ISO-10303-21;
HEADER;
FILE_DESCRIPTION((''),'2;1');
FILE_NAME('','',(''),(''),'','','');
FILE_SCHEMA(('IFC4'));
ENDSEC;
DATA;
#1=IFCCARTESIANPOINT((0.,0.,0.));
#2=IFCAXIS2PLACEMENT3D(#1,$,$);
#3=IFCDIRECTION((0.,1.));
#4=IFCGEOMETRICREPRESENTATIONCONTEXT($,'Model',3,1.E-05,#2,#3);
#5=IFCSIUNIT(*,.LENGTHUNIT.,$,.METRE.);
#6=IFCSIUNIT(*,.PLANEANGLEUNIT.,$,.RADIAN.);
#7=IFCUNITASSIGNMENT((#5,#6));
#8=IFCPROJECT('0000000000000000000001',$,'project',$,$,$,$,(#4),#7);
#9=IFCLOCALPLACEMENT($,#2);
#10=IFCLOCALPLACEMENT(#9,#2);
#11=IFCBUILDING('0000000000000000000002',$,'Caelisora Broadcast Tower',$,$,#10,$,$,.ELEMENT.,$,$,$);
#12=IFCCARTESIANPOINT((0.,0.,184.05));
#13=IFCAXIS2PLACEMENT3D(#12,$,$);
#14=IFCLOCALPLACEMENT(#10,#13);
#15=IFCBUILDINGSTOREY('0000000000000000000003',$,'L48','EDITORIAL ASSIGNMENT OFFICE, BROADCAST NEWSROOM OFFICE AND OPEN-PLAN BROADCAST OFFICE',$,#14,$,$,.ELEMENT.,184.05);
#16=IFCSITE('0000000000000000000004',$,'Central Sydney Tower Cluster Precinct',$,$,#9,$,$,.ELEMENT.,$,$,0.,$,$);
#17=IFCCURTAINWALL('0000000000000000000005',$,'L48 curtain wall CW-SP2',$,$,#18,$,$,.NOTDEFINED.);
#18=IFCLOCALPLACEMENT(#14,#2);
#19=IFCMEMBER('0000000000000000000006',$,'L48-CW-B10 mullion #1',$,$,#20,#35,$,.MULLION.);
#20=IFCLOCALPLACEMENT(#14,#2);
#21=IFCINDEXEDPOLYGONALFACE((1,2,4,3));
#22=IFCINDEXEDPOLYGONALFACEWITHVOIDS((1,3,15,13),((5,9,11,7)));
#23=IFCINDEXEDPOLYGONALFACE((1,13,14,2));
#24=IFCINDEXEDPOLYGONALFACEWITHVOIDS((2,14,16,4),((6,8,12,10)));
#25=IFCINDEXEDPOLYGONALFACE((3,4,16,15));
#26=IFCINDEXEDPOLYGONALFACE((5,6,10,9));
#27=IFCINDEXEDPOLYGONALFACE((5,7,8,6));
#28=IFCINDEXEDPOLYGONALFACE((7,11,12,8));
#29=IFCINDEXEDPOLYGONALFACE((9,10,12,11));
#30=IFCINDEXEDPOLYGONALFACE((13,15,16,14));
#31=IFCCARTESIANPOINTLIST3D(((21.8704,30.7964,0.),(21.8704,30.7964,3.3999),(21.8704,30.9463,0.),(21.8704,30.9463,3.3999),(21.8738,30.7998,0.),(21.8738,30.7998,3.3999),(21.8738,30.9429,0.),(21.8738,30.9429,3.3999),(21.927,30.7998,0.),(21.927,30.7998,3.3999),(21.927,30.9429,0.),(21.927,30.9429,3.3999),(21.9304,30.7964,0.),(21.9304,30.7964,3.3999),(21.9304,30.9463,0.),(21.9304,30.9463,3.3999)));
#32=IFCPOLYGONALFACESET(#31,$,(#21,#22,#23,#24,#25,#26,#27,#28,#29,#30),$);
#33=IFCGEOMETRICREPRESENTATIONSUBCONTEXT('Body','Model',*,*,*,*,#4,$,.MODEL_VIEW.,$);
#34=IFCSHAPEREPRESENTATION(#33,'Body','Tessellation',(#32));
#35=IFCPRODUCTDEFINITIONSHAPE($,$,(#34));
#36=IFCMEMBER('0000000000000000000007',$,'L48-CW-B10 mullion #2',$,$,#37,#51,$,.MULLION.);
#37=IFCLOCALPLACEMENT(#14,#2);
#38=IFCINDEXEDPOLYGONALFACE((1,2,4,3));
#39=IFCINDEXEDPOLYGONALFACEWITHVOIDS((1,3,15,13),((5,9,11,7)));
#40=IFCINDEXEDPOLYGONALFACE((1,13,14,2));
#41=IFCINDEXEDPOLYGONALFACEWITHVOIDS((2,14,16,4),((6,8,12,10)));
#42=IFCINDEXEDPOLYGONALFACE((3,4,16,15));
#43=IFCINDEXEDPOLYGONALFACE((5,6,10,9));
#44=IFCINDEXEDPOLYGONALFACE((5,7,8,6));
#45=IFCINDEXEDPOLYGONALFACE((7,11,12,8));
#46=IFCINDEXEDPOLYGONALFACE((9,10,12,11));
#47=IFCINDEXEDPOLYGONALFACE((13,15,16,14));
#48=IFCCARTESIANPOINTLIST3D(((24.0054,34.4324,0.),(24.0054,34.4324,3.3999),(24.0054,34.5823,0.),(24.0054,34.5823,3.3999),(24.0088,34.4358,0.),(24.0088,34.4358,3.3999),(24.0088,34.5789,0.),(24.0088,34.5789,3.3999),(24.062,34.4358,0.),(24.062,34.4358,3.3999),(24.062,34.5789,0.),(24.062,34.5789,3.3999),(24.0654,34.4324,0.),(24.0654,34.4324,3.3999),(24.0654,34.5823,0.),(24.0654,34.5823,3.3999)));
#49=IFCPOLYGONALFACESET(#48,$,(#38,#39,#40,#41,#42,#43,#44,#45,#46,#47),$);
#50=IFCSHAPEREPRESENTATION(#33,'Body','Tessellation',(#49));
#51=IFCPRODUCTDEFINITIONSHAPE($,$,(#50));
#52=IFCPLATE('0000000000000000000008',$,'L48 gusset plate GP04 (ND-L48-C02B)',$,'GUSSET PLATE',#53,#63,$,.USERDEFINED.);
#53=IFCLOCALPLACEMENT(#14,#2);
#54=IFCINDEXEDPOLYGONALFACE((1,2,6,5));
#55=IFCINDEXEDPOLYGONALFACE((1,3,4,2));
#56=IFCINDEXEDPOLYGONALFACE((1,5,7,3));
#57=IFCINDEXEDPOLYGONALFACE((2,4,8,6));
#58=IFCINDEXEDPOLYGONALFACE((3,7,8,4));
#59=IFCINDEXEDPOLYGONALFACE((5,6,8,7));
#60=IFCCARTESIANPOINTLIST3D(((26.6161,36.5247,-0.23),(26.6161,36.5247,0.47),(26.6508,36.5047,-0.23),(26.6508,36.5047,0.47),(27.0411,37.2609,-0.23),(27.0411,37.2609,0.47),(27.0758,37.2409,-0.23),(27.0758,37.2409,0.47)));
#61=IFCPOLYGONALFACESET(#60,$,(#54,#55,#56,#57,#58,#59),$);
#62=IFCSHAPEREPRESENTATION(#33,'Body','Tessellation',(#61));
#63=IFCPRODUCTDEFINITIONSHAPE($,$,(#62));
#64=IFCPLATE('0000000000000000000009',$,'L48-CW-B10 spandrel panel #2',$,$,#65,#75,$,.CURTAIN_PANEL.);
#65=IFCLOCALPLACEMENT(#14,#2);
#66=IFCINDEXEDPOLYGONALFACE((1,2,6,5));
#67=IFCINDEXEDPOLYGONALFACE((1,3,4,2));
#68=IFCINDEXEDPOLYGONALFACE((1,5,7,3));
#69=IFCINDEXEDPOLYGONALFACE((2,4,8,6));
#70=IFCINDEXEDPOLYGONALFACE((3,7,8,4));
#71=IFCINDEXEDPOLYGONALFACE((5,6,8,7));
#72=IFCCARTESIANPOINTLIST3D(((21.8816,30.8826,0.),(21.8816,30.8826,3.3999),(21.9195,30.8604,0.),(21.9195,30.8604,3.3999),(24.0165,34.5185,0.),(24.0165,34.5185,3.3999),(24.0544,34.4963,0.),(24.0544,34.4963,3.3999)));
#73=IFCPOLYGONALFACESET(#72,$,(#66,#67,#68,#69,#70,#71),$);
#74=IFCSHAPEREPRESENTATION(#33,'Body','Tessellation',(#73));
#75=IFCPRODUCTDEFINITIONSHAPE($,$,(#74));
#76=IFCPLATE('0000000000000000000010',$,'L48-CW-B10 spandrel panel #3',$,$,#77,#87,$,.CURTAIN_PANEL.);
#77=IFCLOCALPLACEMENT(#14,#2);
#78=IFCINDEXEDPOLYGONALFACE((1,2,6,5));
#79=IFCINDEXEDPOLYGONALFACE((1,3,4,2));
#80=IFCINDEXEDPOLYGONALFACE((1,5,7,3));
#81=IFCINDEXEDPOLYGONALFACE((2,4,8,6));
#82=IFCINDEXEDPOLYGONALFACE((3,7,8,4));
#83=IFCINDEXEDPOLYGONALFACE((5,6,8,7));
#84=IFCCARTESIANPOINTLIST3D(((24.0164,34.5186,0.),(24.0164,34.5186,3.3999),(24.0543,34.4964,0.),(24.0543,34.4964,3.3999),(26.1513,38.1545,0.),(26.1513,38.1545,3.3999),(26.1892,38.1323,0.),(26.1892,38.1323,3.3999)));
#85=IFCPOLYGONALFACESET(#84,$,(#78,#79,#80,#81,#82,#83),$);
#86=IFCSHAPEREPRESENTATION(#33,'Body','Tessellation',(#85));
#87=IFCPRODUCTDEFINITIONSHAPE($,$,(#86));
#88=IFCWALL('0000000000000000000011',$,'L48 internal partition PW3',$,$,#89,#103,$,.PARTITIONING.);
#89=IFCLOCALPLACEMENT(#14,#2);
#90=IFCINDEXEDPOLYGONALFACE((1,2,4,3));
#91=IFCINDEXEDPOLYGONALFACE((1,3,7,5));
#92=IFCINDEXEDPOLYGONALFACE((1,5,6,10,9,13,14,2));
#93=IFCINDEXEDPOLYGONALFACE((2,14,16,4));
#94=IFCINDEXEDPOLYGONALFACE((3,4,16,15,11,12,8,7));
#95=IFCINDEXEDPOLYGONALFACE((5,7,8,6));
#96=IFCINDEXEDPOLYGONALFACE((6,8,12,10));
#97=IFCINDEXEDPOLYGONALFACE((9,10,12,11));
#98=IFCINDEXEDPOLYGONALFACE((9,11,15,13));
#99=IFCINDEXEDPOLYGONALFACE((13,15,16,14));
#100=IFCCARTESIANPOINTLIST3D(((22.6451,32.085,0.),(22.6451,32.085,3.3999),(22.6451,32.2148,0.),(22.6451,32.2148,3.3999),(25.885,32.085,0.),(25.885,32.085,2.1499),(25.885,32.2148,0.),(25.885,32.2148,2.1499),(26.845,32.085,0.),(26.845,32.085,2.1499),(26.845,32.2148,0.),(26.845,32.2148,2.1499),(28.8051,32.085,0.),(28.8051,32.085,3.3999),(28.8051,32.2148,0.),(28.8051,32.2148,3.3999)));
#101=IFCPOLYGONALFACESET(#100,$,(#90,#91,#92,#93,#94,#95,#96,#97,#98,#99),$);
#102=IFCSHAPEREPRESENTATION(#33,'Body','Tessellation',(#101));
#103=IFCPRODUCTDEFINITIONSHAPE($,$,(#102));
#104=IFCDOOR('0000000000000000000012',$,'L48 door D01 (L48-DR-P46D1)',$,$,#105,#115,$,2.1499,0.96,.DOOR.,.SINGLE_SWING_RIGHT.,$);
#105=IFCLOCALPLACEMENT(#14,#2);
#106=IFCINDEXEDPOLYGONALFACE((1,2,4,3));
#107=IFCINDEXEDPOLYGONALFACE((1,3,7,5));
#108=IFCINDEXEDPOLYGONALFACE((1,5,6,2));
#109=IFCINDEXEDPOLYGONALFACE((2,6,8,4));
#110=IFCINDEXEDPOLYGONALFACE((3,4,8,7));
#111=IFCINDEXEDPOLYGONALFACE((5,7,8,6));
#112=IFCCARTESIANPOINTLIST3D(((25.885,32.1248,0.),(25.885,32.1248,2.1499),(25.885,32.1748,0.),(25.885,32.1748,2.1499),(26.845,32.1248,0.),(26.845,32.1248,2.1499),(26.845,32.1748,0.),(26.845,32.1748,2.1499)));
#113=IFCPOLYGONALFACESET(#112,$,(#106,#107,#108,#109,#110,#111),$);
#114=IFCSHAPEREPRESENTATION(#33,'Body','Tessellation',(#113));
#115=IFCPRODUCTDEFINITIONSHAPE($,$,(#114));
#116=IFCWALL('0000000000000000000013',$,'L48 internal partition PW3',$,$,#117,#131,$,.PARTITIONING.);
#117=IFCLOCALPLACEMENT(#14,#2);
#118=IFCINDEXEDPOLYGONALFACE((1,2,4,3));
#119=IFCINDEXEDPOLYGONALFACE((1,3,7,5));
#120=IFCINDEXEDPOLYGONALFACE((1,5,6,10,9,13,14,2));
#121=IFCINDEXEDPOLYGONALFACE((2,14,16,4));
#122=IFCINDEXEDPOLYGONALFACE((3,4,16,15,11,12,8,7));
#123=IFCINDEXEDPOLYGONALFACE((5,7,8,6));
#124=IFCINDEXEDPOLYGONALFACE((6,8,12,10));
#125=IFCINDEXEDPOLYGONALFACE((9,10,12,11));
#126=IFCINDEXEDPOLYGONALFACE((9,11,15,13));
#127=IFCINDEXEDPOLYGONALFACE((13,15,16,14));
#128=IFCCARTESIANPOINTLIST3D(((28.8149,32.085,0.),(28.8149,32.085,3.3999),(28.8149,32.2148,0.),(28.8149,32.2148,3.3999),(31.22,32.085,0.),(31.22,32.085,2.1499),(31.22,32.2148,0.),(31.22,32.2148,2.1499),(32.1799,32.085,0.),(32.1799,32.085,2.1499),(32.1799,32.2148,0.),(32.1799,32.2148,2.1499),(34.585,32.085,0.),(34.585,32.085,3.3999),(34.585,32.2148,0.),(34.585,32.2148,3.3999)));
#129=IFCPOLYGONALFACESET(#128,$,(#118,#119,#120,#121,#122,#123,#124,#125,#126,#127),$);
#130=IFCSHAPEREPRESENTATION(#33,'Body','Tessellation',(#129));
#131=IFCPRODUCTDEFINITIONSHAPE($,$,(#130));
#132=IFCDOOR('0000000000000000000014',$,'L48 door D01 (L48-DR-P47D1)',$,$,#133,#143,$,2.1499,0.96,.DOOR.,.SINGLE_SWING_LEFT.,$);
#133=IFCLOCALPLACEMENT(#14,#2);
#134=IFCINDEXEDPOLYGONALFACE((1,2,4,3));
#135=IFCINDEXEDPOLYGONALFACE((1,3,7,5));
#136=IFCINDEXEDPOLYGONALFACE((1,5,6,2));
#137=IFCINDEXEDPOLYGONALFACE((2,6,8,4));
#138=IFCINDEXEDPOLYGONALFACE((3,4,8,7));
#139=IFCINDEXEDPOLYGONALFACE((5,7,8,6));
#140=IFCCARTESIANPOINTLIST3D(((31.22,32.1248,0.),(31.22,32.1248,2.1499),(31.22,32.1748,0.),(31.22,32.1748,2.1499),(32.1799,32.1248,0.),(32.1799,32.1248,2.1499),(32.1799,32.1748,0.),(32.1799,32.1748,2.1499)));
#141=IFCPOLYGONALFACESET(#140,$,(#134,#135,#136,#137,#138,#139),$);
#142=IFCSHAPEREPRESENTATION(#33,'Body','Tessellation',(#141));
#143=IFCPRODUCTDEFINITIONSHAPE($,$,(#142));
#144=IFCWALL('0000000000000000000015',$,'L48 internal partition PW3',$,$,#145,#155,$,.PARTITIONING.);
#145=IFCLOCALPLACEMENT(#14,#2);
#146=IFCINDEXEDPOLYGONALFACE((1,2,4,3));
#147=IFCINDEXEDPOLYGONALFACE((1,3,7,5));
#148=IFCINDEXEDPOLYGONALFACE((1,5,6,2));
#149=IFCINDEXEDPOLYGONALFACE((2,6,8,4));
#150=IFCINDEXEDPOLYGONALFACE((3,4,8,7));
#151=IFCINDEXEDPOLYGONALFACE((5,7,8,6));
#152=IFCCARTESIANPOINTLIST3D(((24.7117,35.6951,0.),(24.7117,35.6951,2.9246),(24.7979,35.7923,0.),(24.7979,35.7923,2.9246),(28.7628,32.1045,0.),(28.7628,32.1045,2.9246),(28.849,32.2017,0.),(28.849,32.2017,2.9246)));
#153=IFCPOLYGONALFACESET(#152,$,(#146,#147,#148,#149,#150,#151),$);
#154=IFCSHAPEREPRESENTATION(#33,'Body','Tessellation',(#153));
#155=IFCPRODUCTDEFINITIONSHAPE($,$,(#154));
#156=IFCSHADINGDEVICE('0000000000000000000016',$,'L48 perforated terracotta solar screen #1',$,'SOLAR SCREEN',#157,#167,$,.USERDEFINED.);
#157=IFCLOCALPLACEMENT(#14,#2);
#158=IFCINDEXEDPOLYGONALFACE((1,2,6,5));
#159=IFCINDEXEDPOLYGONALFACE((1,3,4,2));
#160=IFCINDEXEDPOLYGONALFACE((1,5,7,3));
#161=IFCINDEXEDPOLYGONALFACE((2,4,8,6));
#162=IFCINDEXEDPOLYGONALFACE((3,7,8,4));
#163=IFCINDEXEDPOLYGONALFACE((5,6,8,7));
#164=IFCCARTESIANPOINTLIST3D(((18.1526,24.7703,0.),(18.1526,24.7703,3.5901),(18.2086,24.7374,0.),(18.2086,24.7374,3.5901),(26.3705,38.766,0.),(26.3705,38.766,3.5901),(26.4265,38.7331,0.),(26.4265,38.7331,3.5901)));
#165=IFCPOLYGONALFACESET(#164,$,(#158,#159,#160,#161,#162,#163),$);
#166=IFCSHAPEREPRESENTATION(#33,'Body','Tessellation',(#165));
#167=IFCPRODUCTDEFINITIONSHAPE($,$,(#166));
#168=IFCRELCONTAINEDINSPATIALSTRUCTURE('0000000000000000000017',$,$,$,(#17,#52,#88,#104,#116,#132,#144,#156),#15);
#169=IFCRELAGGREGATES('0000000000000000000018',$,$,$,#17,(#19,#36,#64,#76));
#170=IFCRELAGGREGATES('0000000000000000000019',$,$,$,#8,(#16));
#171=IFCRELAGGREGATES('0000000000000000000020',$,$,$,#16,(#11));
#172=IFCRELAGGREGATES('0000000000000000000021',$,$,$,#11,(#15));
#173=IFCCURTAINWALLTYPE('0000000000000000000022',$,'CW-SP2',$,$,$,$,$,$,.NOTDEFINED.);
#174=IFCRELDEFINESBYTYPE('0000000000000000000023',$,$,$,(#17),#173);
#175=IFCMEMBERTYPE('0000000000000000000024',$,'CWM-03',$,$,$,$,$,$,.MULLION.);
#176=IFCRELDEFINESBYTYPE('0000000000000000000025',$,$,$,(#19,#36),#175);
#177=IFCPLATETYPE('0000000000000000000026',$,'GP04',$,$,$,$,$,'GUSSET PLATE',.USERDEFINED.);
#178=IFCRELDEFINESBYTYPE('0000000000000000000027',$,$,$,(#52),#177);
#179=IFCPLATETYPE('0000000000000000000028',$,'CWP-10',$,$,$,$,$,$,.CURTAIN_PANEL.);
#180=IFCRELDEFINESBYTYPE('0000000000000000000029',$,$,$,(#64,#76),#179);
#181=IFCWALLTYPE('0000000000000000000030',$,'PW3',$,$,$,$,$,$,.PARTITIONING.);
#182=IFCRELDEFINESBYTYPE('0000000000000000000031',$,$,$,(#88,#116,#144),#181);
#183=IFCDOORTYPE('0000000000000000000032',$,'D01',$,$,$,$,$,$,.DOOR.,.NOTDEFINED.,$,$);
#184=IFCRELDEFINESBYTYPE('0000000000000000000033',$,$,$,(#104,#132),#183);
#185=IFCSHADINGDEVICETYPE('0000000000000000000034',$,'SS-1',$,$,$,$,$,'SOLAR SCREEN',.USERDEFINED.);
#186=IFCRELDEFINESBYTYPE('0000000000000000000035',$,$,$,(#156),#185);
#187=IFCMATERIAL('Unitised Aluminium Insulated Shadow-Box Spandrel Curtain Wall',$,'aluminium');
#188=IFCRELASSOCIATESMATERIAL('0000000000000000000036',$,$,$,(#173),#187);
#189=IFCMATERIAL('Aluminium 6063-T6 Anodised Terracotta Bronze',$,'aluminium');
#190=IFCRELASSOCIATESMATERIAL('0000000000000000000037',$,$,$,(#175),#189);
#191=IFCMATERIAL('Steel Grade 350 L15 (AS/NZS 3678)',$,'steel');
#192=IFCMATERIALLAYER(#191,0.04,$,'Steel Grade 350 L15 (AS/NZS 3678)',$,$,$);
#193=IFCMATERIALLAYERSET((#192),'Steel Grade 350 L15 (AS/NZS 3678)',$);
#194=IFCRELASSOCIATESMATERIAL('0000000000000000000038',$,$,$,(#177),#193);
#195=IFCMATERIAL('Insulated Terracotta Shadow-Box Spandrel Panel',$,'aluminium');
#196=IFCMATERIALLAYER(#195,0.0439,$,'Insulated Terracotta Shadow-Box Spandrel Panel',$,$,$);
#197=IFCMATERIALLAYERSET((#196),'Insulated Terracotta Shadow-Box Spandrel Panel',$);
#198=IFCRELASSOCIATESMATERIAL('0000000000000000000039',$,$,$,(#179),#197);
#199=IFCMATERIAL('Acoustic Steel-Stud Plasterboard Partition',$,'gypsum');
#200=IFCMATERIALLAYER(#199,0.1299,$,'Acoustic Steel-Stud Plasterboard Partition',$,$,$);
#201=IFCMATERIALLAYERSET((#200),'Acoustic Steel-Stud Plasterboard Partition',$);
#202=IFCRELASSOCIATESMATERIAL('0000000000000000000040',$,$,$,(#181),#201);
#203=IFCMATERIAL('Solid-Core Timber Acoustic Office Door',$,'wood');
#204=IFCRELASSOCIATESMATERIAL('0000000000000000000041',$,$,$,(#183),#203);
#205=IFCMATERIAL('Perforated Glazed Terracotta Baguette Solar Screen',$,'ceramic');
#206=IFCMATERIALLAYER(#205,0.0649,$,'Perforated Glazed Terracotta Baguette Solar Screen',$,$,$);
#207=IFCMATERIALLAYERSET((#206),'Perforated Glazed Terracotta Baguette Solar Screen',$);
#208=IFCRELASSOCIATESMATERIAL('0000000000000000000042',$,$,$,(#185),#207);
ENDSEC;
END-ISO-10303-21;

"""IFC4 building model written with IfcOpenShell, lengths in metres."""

from ifc_helpers import new_model, si_unit, direction, frame, frame_2d, origin, origin_2d, place, context, subcontext, project, spatial, rectangle, hollow_rectangle, extrude, source, transform, mapped, material, layer, layer_set, material_profile, profile_set, type_object, type_shapes, element, fill, aggregate, save


model = new_model("IFC4")

# Units and contexts
model_context = context("Model", 3, precision=1e-05, world=origin(), true_north=direction((0.0, 1.0)))
body_context = subcontext(model_context, "Body", "Model", "MODEL_VIEW")
ifc_project = project(units=[si_unit("LENGTHUNIT", "METRE"), si_unit("PLANEANGLEUNIT", "RADIAN")], contexts=[model_context])

# Site, building, storey
site_placement = place(None, origin())
site = spatial("IfcSite", under=ifc_project, at=site_placement, Name="Central Sydney Tower Cluster Precinct", CompositionType="ELEMENT", RefElevation=0.0)
building_placement = place(site_placement, origin())
building = spatial("IfcBuilding", under=site, at=building_placement, Name="Caelisora Broadcast Tower", CompositionType="ELEMENT")
storey_placement = place(building_placement, frame((0.0, 0.0, 184.05)))
storey = spatial("IfcBuildingStorey", under=building, at=storey_placement, Name="L48", Description="EDITORIAL ASSIGNMENT OFFICE, BROADCAST NEWSROOM OFFICE AND OPEN-PLAN BROADCAST OFFICE", CompositionType="ELEMENT", Elevation=184.05)

# Shared definitions
ifc_material_1 = material(Name="Steel Grade 350 L15 (AS/NZS 3678)", Category="steel")

# Curtain wall, members
ifc_material_2 = material(Name="Unitised Aluminium Insulated Shadow-Box Spandrel Curtain Wall", Category="aluminium")
curtain_wall_type = type_object("IfcCurtainWallType", Name="CW-SP2", PredefinedType="NOTDEFINED", material=ifc_material_2)
curtain_wall_placement = place(storey_placement, origin())
curtain_wall = element("IfcCurtainWall", 1, at=curtain_wall_placement, inside=storey, type_object=curtain_wall_type, Name="L48 curtain wall CW-SP2", PredefinedType="NOTDEFINED")
ifc_material_3 = material(Name="Aluminium 6063-T6 Anodised Terracotta Bronze", Category="aluminium")
ifc_material_profile_1 = material_profile(ifc_material_3, hollow_rectangle(XDim=0.0601, YDim=0.1499, WallThickness=0.0034, at=origin_2d()), Name="Aluminium 6063-T6 Anodised Terracotta Bronze")
ifc_profile_set_1 = profile_set([ifc_material_profile_1], Name="Aluminium 6063-T6 Anodised Terracotta Bronze")
member_type_1 = type_object("IfcMemberType", Name="CWM-03", PredefinedType="MULLION", material=ifc_profile_set_1)
shared_shape_1 = source(origin(), body_context, "Body", "SweptSolid", [
    extrude(hollow_rectangle(XDim=0.0601, YDim=0.1499, WallThickness=0.0034, at=origin_2d()), origin(), (0.0, 0.0, 1.0), 3.3999),
])
type_shapes(member_type_1, [shared_shape_1])
member_1_placement = place(storey_placement, frame((21.9004, 30.8713, 0.0), z_axis=(0.0, 0.0, 1.0), x_axis=(1.0, 0.0, 0.0)))
member_1 = element("IfcMember", 2, at=member_1_placement, type_object=member_type_1, Name="L48-CW-B10 mullion #1", PredefinedType="MULLION", context=body_context, shape_type="MappedRepresentation", body=[
    mapped(shared_shape_1, transform((0.0, 0.0, 0.0), scale=1.0)),
])
member_2_placement = place(storey_placement, frame((24.0354, 34.5073, 0.0), z_axis=(0.0, 0.0, 1.0), x_axis=(1.0, 0.0, 0.0)))
member_2 = element("IfcMember", 3, at=member_2_placement, type_object=member_type_1, Name="L48-CW-B10 mullion #2", PredefinedType="MULLION", context=body_context, shape_type="MappedRepresentation", body=[
    mapped(shared_shape_1, transform((0.0, 0.0, 0.0), scale=1.0)),
])

# Plates
ifc_layer_1 = layer(ifc_material_1, 0.04, Name="Steel Grade 350 L15 (AS/NZS 3678)")
ifc_layer_set_1 = layer_set([ifc_layer_1], Name="Steel Grade 350 L15 (AS/NZS 3678)")
plate_type_1 = type_object("IfcPlateType", Name="GP04", ElementType="GUSSET PLATE", PredefinedType="USERDEFINED", material=ifc_layer_set_1)
shared_shape_2 = source(origin(), body_context, "Body", "SweptSolid", [
    extrude(rectangle(XDim=0.8501, YDim=0.04, at=origin_2d()), origin(), (0.0, 0.0, 1.0), 0.7),
])
type_shapes(plate_type_1, [shared_shape_2])
plate_1_placement = place(storey_placement, frame((26.8459, 36.8828, -0.23), z_axis=(0.0, 0.0, 1.0), x_axis=(-0.5, -0.866025, 0.0)))
element("IfcPlate", 4, at=plate_1_placement, inside=storey, type_object=plate_type_1, Name="L48 gusset plate GP04 (ND-L48-C02B)", ObjectType="GUSSET PLATE", PredefinedType="USERDEFINED", context=body_context, shape_type="MappedRepresentation", body=[
    mapped(shared_shape_2, transform((0.0, 0.0, 0.0), scale=1.0)),
])
ifc_material_4 = material(Name="Insulated Terracotta Shadow-Box Spandrel Panel", Category="aluminium")
ifc_layer_2 = layer(ifc_material_4, 0.0439, Name="Insulated Terracotta Shadow-Box Spandrel Panel")
ifc_layer_set_2 = layer_set([ifc_layer_2], Name="Insulated Terracotta Shadow-Box Spandrel Panel")
plate_type_2 = type_object("IfcPlateType", Name="CWP-10", PredefinedType="CURTAIN_PANEL", material=ifc_layer_set_2)
shared_shape_3 = source(origin(), body_context, "Body", "SweptSolid", [
    extrude(rectangle(XDim=4.2163, YDim=0.0439, at=origin_2d()), origin(), (0.0, 0.0, 1.0), 3.3999),
])
type_shapes(plate_type_2, [shared_shape_3])
plate_2_placement = place(storey_placement, frame((22.968, 32.6895, 0.0), z_axis=(0.0, 0.0, 1.0), x_axis=(0.506335, 0.862337, 0.0)))
plate_2 = element("IfcPlate", 5, at=plate_2_placement, type_object=plate_type_2, Name="L48-CW-B10 spandrel panel #2", PredefinedType="CURTAIN_PANEL", context=body_context, shape_type="MappedRepresentation", body=[
    mapped(shared_shape_3, transform((0.0, 0.0, 0.0), scale=1.0)),
])
plate_3_placement = place(storey_placement, frame((25.1028, 36.3254, 0.0), z_axis=(0.0, 0.0, 1.0), x_axis=(0.506335, 0.862337, 0.0)))
plate_3 = element("IfcPlate", 6, at=plate_3_placement, type_object=plate_type_2, Name="L48-CW-B10 spandrel panel #3", PredefinedType="CURTAIN_PANEL", context=body_context, shape_type="MappedRepresentation", body=[
    mapped(shared_shape_3, transform((0.0, 0.0, 0.0), scale=1.0)),
])
aggregate(curtain_wall, [member_1, member_2, plate_2, plate_3])

# Walls, openings, doors
ifc_material_5 = material(Name="Acoustic Steel-Stud Plasterboard Partition", Category="gypsum")
ifc_layer_3 = layer(ifc_material_5, 0.1299, Name="Acoustic Steel-Stud Plasterboard Partition")
ifc_layer_set_3 = layer_set([ifc_layer_3], Name="Acoustic Steel-Stud Plasterboard Partition")
wall_type = type_object("IfcWallType", Name="PW3", PredefinedType="PARTITIONING", material=ifc_layer_set_3)
wall_1_placement = place(storey_placement, frame((22.645, 32.1499, 0.0), z_axis=(0.0, 0.0, 1.0), x_axis=(1.0, 0.0, 0.0)))
wall_1 = element("IfcWall", 7, at=wall_1_placement, inside=storey, type_object=wall_type, Name="L48 internal partition PW3", PredefinedType="PARTITIONING", context=body_context, shape_type="SweptSolid", body=[
    extrude(rectangle(XDim=6.1599, YDim=0.1299, at=frame_2d((3.0801, 0.0))), origin(), (0.0, 0.0, 1.0), 3.3999),
])
opening_1_placement = place(wall_1_placement, frame((3.24, 0.0, 0.0)))
opening_1 = element("IfcOpeningElement", 8, at=opening_1_placement, cuts=wall_1, PredefinedType="OPENING", context=body_context, shape_type="SweptSolid", body=[
    extrude(rectangle(XDim=0.96, YDim=2.1499, at=frame_2d((0.48, 1.075))), frame((0.0, 0.0769, 0.0), z_axis=(0.0, -1.0, 0.0), x_axis=(1.0, 0.0, 0.0)), (0.0, 0.0, 1.0), 0.1538),
])
ifc_material_6 = material(Name="Solid-Core Timber Acoustic Office Door", Category="wood")
door_type = type_object("IfcDoorType", Name="D01", OperationType="NOTDEFINED", PredefinedType="DOOR", material=ifc_material_6)
door_1_placement = place(opening_1_placement, origin())
door_1 = element("IfcDoor", 9, at=door_1_placement, inside=storey, type_object=door_type, Name="L48 door D01 (L48-DR-P46D1)", OperationType="SINGLE_SWING_RIGHT", OverallHeight=2.1499, OverallWidth=0.96, PredefinedType="DOOR", context=body_context, shape_type="SweptSolid", body=[
    extrude(rectangle(XDim=0.96, YDim=2.1499, at=frame_2d((0.48, 1.075))), frame((0.0, 0.0249, 0.0), z_axis=(0.0, -1.0, 0.0), x_axis=(1.0, 0.0, 0.0)), (0.0, 0.0, 1.0), 0.05),
])
fill(opening_1, door_1)
wall_2_placement = place(storey_placement, frame((28.8149, 32.1499, 0.0), z_axis=(0.0, 0.0, 1.0), x_axis=(1.0, 0.0, 0.0)))
wall_2 = element("IfcWall", 10, at=wall_2_placement, inside=storey, type_object=wall_type, Name="L48 internal partition PW3", PredefinedType="PARTITIONING", context=body_context, shape_type="SweptSolid", body=[
    extrude(rectangle(XDim=5.77, YDim=0.1299, at=frame_2d((2.885, 0.0))), origin(), (0.0, 0.0, 1.0), 3.3999),
])
opening_2_placement = place(wall_2_placement, frame((2.405, 0.0, 0.0)))
opening_2 = element("IfcOpeningElement", 11, at=opening_2_placement, cuts=wall_2, PredefinedType="OPENING", context=body_context, shape_type="SweptSolid", body=[
    extrude(rectangle(XDim=0.96, YDim=2.1499, at=frame_2d((0.48, 1.075))), frame((0.0, 0.0769, 0.0), z_axis=(0.0, -1.0, 0.0), x_axis=(1.0, 0.0, 0.0)), (0.0, 0.0, 1.0), 0.1538),
])
door_2_placement = place(opening_2_placement, origin())
door_2 = element("IfcDoor", 12, at=door_2_placement, inside=storey, type_object=door_type, Name="L48 door D01 (L48-DR-P47D1)", OperationType="SINGLE_SWING_LEFT", OverallHeight=2.1499, OverallWidth=0.96, PredefinedType="DOOR", context=body_context, shape_type="SweptSolid", body=[
    extrude(rectangle(XDim=0.96, YDim=2.1499, at=frame_2d((0.48, 1.075))), frame((0.0, 0.0249, 0.0), z_axis=(0.0, -1.0, 0.0), x_axis=(1.0, 0.0, 0.0)), (0.0, 0.0, 1.0), 0.05),
])
fill(opening_2, door_2)

# Wall
wall_3_placement = place(storey_placement, frame((24.7549, 35.7437, 0.0), z_axis=(0.0, 0.0, 1.0), x_axis=(0.748357, -0.663297, 0.0)))
element("IfcWall", 13, at=wall_3_placement, inside=storey, type_object=wall_type, Name="L48 internal partition PW3", PredefinedType="PARTITIONING", context=body_context, shape_type="SweptSolid", body=[
    extrude(rectangle(XDim=5.4133, YDim=0.1299, at=frame_2d((2.7065, 0.0))), origin(), (0.0, 0.0, 1.0), 2.9246),
])

# Shading device
ifc_material_7 = material(Name="Perforated Glazed Terracotta Baguette Solar Screen", Category="ceramic")
ifc_layer_4 = layer(ifc_material_7, 0.0649, Name="Perforated Glazed Terracotta Baguette Solar Screen")
ifc_layer_set_4 = layer_set([ifc_layer_4], Name="Perforated Glazed Terracotta Baguette Solar Screen")
shading_device_type = type_object("IfcShadingDeviceType", Name="SS-1", ElementType="SOLAR SCREEN", PredefinedType="USERDEFINED", material=ifc_layer_set_4)
shared_shape_4 = source(origin(), body_context, "Body", "SweptSolid", [
    extrude(rectangle(XDim=16.23, YDim=0.0649, at=origin_2d()), origin(), (0.0, 0.0, 1.0), 3.5901),
])
type_shapes(shading_device_type, [shared_shape_4])
shading_device_placement = place(storey_placement, frame((22.2896, 31.7517, 0.0), z_axis=(0.0, 0.0, 1.0), x_axis=(-0.506335, -0.862337, 0.0)))
element("IfcShadingDevice", 14, at=shading_device_placement, inside=storey, type_object=shading_device_type, Name="L48 perforated terracotta solar screen #1", ObjectType="SOLAR SCREEN", PredefinedType="USERDEFINED", context=body_context, shape_type="MappedRepresentation", body=[
    mapped(shared_shape_4, transform((0.0, 0.0, 0.0), scale=1.0)),
])

save(model, "model.ifc")
